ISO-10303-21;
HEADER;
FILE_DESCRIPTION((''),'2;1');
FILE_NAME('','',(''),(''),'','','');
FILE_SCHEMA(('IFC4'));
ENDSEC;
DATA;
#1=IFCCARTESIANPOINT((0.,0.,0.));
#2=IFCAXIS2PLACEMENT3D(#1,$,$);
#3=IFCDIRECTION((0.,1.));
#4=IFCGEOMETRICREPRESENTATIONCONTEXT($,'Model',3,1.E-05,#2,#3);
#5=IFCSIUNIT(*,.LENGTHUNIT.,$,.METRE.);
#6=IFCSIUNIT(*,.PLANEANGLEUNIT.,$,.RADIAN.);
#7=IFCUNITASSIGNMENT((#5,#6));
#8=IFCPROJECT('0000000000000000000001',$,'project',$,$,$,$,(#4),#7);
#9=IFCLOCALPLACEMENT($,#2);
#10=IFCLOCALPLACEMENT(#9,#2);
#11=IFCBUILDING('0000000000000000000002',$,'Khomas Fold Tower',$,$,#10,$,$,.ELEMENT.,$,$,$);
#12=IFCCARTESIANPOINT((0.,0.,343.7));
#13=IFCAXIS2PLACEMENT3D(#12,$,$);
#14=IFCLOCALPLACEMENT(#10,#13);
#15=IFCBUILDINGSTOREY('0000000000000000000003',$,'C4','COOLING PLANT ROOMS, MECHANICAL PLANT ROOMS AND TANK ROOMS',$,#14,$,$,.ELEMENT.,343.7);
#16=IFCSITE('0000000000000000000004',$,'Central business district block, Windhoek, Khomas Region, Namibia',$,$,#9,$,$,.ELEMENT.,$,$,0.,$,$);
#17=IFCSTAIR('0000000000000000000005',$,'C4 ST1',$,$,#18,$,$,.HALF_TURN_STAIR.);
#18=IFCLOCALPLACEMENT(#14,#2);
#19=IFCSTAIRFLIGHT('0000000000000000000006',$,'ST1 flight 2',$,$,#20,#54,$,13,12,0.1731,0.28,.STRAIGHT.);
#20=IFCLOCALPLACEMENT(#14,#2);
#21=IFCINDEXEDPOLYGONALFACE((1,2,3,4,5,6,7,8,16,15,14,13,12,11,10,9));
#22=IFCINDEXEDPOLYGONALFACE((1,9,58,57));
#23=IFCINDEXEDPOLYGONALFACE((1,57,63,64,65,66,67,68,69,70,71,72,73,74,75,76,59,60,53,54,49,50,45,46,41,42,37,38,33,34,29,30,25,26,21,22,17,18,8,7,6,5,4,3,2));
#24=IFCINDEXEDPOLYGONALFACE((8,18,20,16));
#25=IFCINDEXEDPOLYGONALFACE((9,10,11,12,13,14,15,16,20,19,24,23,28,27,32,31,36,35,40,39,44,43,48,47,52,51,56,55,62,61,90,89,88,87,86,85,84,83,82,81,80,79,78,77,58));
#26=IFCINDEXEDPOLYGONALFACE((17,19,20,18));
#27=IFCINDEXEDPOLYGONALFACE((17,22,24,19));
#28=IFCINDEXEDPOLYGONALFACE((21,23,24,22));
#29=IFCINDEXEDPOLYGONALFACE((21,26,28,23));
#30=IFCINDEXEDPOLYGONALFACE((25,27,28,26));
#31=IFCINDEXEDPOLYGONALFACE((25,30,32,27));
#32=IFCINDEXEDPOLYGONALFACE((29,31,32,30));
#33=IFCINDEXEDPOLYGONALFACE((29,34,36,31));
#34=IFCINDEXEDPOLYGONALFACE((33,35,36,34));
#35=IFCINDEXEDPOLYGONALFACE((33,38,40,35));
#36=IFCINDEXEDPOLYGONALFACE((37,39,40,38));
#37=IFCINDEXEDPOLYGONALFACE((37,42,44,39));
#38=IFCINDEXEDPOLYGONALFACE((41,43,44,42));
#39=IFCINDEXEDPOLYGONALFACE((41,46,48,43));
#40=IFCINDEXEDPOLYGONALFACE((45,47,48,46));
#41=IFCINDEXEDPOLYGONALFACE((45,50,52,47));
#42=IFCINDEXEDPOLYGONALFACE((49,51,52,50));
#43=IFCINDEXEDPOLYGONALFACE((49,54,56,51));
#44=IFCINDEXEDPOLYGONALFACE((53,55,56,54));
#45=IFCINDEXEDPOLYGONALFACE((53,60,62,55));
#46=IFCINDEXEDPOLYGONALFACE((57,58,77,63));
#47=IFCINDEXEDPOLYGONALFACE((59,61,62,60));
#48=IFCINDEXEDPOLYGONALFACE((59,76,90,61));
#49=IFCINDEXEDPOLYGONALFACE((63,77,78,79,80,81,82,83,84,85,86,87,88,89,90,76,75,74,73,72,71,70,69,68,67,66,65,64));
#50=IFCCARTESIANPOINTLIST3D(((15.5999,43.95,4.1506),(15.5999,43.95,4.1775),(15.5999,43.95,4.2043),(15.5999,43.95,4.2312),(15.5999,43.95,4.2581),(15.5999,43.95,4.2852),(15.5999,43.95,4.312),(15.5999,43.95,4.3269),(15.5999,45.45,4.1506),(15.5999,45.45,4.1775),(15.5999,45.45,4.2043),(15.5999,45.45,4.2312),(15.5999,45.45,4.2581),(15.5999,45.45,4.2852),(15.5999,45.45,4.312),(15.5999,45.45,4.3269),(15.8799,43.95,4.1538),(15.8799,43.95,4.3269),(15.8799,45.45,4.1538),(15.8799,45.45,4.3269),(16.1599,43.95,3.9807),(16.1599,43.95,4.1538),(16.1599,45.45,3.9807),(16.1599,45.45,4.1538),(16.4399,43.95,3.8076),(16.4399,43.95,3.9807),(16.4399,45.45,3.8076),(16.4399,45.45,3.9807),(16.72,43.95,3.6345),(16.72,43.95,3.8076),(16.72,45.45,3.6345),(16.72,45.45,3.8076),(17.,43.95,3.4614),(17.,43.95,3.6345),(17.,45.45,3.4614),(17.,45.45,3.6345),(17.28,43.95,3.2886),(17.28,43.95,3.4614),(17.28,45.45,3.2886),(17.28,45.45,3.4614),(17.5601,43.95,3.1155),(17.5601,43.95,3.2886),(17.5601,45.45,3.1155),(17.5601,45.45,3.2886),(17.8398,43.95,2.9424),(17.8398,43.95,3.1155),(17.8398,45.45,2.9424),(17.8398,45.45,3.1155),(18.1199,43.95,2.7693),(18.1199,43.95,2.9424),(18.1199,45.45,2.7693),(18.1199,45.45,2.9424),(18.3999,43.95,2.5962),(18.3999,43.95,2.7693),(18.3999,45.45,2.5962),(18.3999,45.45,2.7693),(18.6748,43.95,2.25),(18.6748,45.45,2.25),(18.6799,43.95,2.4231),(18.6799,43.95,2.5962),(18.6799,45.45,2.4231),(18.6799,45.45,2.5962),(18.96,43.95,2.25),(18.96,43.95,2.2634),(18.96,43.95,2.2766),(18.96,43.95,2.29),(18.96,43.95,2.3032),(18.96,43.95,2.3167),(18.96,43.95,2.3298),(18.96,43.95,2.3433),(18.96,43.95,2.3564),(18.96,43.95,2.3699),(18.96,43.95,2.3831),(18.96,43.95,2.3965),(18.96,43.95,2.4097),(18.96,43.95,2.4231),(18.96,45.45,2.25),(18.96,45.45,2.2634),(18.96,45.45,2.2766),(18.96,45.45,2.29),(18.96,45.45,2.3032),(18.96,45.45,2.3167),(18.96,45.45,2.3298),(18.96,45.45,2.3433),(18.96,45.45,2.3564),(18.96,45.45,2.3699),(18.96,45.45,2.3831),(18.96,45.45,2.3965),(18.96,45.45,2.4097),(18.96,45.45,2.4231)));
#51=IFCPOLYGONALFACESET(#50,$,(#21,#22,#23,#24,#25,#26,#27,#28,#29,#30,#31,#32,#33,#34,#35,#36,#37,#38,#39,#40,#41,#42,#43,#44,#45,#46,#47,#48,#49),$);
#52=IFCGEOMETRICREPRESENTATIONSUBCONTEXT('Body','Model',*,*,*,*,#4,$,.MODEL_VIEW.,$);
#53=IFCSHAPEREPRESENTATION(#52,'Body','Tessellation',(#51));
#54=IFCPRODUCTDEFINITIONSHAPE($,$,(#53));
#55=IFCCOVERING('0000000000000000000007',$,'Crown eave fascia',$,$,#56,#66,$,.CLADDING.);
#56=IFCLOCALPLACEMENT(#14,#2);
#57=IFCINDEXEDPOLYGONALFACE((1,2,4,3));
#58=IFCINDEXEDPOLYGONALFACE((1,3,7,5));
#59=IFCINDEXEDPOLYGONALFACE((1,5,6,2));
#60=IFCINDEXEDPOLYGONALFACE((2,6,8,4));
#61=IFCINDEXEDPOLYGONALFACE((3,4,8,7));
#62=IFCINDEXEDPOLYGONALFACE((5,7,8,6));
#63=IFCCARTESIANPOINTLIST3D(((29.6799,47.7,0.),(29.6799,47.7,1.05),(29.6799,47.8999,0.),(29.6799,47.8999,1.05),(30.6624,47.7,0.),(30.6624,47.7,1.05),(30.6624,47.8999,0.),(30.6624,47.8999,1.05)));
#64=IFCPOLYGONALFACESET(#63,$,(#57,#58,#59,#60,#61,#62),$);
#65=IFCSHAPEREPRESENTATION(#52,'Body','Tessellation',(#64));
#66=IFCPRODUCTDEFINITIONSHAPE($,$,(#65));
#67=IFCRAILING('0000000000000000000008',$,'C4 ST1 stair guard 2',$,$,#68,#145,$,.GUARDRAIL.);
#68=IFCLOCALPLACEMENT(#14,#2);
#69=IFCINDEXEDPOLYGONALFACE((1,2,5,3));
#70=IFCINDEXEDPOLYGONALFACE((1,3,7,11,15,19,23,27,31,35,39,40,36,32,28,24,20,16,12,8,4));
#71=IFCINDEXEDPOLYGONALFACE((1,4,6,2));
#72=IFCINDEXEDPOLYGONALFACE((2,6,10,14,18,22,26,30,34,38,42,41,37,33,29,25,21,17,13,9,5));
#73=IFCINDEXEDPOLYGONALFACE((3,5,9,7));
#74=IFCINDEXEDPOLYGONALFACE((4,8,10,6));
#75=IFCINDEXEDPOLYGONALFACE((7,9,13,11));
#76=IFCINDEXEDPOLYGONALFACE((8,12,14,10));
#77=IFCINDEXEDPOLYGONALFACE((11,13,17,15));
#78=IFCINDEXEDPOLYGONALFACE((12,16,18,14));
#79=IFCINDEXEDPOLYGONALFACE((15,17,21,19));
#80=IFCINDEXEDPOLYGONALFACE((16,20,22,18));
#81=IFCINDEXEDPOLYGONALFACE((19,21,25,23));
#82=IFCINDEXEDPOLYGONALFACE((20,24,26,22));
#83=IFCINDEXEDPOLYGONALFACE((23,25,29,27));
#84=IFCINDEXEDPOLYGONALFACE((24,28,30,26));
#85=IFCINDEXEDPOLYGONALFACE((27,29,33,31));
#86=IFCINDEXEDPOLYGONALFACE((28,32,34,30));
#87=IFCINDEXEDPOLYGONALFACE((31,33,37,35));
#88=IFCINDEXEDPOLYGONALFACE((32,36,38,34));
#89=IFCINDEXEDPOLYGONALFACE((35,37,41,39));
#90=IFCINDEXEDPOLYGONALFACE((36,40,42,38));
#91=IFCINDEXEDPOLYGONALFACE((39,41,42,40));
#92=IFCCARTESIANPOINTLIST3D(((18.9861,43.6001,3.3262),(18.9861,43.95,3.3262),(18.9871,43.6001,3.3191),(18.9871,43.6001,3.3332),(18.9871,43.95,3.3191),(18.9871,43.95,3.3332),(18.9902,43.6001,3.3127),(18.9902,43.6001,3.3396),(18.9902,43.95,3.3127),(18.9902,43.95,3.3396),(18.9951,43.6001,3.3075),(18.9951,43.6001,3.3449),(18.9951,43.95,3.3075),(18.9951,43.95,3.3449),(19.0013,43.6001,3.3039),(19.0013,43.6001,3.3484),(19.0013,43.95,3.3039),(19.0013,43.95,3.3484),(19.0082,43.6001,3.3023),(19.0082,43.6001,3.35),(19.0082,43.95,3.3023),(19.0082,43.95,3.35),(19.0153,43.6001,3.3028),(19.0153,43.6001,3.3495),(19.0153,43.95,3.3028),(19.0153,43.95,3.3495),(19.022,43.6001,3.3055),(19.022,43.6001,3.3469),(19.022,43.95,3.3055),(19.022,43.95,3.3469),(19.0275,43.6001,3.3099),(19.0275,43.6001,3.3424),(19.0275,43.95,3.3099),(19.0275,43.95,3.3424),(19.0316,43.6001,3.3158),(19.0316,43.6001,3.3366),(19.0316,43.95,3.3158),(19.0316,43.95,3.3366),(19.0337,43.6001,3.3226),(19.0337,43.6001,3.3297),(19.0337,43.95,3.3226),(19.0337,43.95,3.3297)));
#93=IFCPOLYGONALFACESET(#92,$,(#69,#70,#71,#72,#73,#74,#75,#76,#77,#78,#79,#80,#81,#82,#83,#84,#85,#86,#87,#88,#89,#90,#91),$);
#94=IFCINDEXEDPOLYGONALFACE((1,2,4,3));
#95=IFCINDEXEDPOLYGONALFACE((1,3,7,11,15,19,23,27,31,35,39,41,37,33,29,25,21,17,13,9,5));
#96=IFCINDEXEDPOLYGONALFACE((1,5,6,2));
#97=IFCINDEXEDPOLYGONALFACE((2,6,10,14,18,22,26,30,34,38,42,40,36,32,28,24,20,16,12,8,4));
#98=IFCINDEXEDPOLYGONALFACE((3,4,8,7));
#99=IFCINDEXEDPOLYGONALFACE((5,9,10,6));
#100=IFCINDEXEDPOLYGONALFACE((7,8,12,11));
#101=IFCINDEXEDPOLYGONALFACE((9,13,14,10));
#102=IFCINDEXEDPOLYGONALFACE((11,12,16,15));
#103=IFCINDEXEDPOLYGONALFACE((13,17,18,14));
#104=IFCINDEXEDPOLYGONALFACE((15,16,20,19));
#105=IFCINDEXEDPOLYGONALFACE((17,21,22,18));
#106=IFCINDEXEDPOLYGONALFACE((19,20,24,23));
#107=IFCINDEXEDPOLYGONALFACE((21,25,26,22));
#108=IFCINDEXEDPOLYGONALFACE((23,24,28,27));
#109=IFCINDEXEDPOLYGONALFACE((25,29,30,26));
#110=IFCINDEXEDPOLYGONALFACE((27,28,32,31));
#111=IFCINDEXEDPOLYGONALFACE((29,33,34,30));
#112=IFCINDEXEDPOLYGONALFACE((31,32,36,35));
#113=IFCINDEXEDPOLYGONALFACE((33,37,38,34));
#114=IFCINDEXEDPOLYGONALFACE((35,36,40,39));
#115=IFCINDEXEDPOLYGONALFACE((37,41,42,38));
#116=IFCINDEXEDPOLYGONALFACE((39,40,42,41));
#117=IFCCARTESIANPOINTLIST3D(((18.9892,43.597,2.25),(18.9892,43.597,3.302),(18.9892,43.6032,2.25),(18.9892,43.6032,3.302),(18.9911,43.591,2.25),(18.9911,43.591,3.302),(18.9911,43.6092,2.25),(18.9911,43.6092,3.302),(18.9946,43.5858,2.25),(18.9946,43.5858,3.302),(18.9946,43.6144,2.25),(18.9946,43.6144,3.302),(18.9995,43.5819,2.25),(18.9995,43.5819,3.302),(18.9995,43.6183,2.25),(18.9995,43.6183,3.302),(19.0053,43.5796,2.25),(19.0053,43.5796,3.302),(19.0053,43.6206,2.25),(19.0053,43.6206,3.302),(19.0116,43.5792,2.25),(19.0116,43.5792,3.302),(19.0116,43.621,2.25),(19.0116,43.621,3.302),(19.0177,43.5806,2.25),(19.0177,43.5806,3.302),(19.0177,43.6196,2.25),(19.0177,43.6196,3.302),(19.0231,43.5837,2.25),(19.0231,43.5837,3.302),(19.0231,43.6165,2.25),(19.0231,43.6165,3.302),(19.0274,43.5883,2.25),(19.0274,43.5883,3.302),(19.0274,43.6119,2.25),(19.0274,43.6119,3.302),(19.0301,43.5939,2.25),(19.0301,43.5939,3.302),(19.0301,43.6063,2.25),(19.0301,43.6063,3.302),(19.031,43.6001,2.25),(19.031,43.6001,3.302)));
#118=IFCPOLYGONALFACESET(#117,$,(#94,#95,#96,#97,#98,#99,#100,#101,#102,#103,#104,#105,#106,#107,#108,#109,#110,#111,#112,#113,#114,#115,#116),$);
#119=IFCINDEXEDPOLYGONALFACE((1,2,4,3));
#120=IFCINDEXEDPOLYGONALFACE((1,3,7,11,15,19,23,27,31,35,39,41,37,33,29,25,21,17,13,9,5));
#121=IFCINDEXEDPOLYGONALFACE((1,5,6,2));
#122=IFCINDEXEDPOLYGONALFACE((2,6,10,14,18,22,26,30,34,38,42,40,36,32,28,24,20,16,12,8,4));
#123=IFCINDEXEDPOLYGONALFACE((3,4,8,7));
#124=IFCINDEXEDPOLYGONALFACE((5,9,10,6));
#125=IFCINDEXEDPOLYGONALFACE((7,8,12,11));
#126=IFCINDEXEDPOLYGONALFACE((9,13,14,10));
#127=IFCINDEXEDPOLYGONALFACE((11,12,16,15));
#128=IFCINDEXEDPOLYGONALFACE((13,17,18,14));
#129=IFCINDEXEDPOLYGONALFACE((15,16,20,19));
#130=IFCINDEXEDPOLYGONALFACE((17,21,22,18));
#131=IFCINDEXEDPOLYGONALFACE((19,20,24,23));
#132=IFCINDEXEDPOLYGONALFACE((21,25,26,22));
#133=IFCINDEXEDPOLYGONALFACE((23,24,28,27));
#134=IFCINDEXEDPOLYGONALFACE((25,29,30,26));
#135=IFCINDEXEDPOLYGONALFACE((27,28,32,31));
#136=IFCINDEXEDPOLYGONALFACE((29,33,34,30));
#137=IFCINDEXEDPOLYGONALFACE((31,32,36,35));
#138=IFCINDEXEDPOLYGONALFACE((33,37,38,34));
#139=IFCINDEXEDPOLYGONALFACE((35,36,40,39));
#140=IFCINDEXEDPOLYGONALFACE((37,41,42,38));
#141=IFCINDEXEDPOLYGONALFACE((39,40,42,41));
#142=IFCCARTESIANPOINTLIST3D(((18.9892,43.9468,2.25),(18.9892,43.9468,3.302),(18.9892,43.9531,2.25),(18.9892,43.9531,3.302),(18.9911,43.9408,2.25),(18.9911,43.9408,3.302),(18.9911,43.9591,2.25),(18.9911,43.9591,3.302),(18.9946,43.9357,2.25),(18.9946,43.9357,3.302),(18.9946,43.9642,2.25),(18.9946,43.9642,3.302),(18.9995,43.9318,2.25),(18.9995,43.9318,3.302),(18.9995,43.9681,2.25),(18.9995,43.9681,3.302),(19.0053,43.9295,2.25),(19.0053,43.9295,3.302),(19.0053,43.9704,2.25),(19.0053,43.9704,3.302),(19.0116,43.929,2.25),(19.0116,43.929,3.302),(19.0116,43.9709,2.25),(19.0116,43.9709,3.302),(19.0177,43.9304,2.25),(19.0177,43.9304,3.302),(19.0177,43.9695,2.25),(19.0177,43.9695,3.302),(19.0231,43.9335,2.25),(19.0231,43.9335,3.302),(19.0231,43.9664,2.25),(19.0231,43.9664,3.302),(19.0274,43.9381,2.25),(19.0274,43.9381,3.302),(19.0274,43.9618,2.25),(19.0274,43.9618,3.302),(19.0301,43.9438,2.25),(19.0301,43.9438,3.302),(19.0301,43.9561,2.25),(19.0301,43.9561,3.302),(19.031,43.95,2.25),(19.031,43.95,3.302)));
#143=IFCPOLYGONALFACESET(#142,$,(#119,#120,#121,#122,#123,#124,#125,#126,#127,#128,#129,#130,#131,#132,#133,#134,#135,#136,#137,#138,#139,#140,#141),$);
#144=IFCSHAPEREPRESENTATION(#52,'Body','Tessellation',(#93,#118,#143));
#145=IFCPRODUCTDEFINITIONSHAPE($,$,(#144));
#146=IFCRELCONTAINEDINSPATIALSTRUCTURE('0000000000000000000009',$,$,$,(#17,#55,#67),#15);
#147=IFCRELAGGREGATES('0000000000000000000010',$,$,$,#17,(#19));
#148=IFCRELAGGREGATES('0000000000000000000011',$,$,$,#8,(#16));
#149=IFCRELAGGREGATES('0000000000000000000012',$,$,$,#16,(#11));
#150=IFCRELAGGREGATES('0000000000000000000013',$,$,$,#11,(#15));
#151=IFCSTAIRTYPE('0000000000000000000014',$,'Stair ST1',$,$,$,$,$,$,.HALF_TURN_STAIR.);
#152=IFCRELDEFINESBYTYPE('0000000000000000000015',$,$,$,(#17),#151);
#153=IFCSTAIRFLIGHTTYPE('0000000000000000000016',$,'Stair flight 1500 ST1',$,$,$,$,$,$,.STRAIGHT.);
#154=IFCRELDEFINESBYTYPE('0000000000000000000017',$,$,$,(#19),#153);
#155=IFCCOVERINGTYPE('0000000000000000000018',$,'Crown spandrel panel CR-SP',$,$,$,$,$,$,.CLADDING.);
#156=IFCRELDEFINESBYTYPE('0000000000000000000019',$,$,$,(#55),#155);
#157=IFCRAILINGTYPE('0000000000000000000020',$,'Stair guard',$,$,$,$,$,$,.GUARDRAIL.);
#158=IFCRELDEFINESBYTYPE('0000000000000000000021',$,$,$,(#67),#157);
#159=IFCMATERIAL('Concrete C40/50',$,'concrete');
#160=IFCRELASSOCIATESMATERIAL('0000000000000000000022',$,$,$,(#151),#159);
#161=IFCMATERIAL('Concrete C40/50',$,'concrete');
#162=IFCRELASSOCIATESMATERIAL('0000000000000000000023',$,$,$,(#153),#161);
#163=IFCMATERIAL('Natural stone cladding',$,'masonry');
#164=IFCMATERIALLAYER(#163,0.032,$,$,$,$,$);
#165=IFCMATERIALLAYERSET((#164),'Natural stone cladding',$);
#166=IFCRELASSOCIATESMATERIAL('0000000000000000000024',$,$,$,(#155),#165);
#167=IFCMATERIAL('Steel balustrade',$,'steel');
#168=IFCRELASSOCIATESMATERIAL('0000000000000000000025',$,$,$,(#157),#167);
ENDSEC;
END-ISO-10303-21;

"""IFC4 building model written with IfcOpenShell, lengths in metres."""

from ifc_helpers import new_model, si_unit, direction, frame, origin, origin_2d, place, context, subcontext, project, spatial, polyline, circle, outline, extrude, source, transform, mapped, material, layer, layer_set, type_object, element, aggregate, save


model = new_model("IFC4")

# Units and contexts
model_context = context("Model", 3, precision=1e-05, world=origin(), true_north=direction((0.0, 1.0)))
body_context = subcontext(model_context, "Body", "Model", "MODEL_VIEW")
ifc_project = project(units=[si_unit("LENGTHUNIT", "METRE"), si_unit("PLANEANGLEUNIT", "RADIAN")], contexts=[model_context])

# Site, building, storey
site_placement = place(None, origin())
site = spatial("IfcSite", under=ifc_project, at=site_placement, Name="Central business district block, Windhoek, Khomas Region, Namibia", CompositionType="ELEMENT", RefElevation=0.0)
building_placement = place(site_placement, origin())
building = spatial("IfcBuilding", under=site, at=building_placement, Name="Khomas Fold Tower", CompositionType="ELEMENT")
storey_placement = place(building_placement, frame((0.0, 0.0, 343.7)))
storey = spatial("IfcBuildingStorey", under=building, at=storey_placement, Name="C4", Description="COOLING PLANT ROOMS, MECHANICAL PLANT ROOMS AND TANK ROOMS", CompositionType="ELEMENT", Elevation=343.7)

# Stair, stair flight
ifc_material_1 = material(Name="Concrete C40/50", Category="concrete")
stair_type = type_object("IfcStairType", Name="Stair ST1", PredefinedType="HALF_TURN_STAIR", material=ifc_material_1)
stair_placement = place(storey_placement, origin())
stair = element("IfcStair", 1, at=stair_placement, inside=storey, type_object=stair_type, Name="C4 ST1", PredefinedType="HALF_TURN_STAIR")
ifc_material_2 = material(Name="Concrete C40/50", Category="concrete")
stair_flight_type = type_object("IfcStairFlightType", Name="Stair flight 1500 ST1", PredefinedType="STRAIGHT", material=ifc_material_2)
shared_shape_1 = source(origin(), body_context, "Body", "SweptSolid", [
    extrude(outline(polyline([(0.0, 0.0), (0.0, 0.0134), (0.0, 0.0266), (0.0, 0.04), (0.0, 0.0532), (0.0, 0.0667), (0.0, 0.0798), (0.0, 0.0933), (0.0, 0.1064), (0.0, 0.1199), (0.0, 0.1331), (0.0, 0.1465), (0.0, 0.1597), (0.0, 0.1731), (0.28, 0.1731), (0.28, 0.3462), (0.5601, 0.3462), (0.5601, 0.5193), (0.8401, 0.5193), (0.8401, 0.6924), (1.1201, 0.6924), (1.1201, 0.8655), (1.3999, 0.8655), (1.3999, 1.0386), (1.6799, 1.0386), (1.6799, 1.2114), (1.96, 1.2114), (1.96, 1.3845), (2.24, 1.3845), (2.24, 1.5576), (2.52, 1.5576), (2.52, 1.7307), (2.8, 1.7307), (2.8, 1.9038), (3.0801, 1.9038), (3.0801, 2.0769), (3.3601, 2.0769), (3.3601, 2.25), (3.3601, 2.2231), (3.3601, 2.1963), (3.3601, 2.1694), (3.3601, 2.1426), (3.3601, 2.1157), (3.3601, 2.0889), (3.3601, 2.062), (3.3601, 2.0352), (3.3601, 2.0081), (3.3601, 1.9812), (3.3601, 1.9543), (3.3601, 1.9275), (3.3601, 1.9006), (0.2852, 0.0), (0.0, 0.0)])), frame((0.0, 0.75, 0.0), z_axis=(0.0, -1.0, 0.0), x_axis=(1.0, 0.0, 0.0)), (0.0, 0.0, 1.0), 1.5),
])
stair_flight_placement = place(storey_placement, frame((18.96, 44.7, 2.25), z_axis=(0.0, 0.0, 1.0), x_axis=(-1.0, 0.0, 0.0)))
stair_flight = element("IfcStairFlight", 2, at=stair_flight_placement, type_object=stair_flight_type, Name="ST1 flight 2", NumberOfRisers=13, NumberOfTreads=12, PredefinedType="STRAIGHT", RiserHeight=0.1731, TreadLength=0.28, context=body_context, shape_type="MappedRepresentation", body=[
    mapped(shared_shape_1, transform((0.0, 0.0, 0.0))),
])
aggregate(stair, [stair_flight])

# Covering
ifc_material_3 = material(Name="Natural stone cladding", Category="masonry")
ifc_layer_1 = layer(ifc_material_3, 0.032)
ifc_layer_set_1 = layer_set([ifc_layer_1], Name="Natural stone cladding")
covering_type = type_object("IfcCoveringType", Name="Crown spandrel panel CR-SP", PredefinedType="CLADDING", material=ifc_layer_set_1)
covering_placement = place(storey_placement, frame((30.6624, 47.8999, 0.0), z_axis=(0.0, 1.0, 0.0), x_axis=(-1.0, 0.0, 0.0)))
element("IfcCovering", 3, at=covering_placement, inside=storey, type_object=covering_type, Name="Crown eave fascia", PredefinedType="CLADDING", context=body_context, shape_type="SweptSolid", body=[
    extrude(outline(polyline([(0.0, 0.0), (0.9824, 0.0), (0.9824, 1.05), (0.0, 1.05), (0.0, 0.0)])), origin(), (0.0, 0.0, -1.0), 0.2),
])

# Railing
ifc_material_4 = material(Name="Steel balustrade", Category="steel")
railing_type_1 = type_object("IfcRailingType", Name="Stair guard", PredefinedType="GUARDRAIL", material=ifc_material_4)
shared_shape_2 = source(origin(), body_context, "Body", "SweptSolid", [
    extrude(circle(Radius=0.0239, at=origin_2d()), frame((0.0, 0.0, 1.0762), z_axis=(0.0, 1.0, 0.0), x_axis=(-1.0, 0.0, 0.0)), (0.0, 0.0, 1.0), 0.3499),
    extrude(circle(Radius=0.021, at=origin_2d()), origin(), (0.0, 0.0, 1.0), 1.052),
    extrude(circle(Radius=0.021, at=origin_2d()), frame((0.0, 0.3499, 0.0)), (0.0, 0.0, 1.0), 1.052),
])
railing_1_placement = place(storey_placement, frame((19.01, 43.6001, 2.25)))
element("IfcRailing", 4, at=railing_1_placement, inside=storey, type_object=railing_type_1, Name="C4 ST1 stair guard 2", PredefinedType="GUARDRAIL", context=body_context, shape_type="MappedRepresentation", body=[
    mapped(shared_shape_2, transform((0.0, 0.0, 0.0))),
])

save(model, "model.ifc")
